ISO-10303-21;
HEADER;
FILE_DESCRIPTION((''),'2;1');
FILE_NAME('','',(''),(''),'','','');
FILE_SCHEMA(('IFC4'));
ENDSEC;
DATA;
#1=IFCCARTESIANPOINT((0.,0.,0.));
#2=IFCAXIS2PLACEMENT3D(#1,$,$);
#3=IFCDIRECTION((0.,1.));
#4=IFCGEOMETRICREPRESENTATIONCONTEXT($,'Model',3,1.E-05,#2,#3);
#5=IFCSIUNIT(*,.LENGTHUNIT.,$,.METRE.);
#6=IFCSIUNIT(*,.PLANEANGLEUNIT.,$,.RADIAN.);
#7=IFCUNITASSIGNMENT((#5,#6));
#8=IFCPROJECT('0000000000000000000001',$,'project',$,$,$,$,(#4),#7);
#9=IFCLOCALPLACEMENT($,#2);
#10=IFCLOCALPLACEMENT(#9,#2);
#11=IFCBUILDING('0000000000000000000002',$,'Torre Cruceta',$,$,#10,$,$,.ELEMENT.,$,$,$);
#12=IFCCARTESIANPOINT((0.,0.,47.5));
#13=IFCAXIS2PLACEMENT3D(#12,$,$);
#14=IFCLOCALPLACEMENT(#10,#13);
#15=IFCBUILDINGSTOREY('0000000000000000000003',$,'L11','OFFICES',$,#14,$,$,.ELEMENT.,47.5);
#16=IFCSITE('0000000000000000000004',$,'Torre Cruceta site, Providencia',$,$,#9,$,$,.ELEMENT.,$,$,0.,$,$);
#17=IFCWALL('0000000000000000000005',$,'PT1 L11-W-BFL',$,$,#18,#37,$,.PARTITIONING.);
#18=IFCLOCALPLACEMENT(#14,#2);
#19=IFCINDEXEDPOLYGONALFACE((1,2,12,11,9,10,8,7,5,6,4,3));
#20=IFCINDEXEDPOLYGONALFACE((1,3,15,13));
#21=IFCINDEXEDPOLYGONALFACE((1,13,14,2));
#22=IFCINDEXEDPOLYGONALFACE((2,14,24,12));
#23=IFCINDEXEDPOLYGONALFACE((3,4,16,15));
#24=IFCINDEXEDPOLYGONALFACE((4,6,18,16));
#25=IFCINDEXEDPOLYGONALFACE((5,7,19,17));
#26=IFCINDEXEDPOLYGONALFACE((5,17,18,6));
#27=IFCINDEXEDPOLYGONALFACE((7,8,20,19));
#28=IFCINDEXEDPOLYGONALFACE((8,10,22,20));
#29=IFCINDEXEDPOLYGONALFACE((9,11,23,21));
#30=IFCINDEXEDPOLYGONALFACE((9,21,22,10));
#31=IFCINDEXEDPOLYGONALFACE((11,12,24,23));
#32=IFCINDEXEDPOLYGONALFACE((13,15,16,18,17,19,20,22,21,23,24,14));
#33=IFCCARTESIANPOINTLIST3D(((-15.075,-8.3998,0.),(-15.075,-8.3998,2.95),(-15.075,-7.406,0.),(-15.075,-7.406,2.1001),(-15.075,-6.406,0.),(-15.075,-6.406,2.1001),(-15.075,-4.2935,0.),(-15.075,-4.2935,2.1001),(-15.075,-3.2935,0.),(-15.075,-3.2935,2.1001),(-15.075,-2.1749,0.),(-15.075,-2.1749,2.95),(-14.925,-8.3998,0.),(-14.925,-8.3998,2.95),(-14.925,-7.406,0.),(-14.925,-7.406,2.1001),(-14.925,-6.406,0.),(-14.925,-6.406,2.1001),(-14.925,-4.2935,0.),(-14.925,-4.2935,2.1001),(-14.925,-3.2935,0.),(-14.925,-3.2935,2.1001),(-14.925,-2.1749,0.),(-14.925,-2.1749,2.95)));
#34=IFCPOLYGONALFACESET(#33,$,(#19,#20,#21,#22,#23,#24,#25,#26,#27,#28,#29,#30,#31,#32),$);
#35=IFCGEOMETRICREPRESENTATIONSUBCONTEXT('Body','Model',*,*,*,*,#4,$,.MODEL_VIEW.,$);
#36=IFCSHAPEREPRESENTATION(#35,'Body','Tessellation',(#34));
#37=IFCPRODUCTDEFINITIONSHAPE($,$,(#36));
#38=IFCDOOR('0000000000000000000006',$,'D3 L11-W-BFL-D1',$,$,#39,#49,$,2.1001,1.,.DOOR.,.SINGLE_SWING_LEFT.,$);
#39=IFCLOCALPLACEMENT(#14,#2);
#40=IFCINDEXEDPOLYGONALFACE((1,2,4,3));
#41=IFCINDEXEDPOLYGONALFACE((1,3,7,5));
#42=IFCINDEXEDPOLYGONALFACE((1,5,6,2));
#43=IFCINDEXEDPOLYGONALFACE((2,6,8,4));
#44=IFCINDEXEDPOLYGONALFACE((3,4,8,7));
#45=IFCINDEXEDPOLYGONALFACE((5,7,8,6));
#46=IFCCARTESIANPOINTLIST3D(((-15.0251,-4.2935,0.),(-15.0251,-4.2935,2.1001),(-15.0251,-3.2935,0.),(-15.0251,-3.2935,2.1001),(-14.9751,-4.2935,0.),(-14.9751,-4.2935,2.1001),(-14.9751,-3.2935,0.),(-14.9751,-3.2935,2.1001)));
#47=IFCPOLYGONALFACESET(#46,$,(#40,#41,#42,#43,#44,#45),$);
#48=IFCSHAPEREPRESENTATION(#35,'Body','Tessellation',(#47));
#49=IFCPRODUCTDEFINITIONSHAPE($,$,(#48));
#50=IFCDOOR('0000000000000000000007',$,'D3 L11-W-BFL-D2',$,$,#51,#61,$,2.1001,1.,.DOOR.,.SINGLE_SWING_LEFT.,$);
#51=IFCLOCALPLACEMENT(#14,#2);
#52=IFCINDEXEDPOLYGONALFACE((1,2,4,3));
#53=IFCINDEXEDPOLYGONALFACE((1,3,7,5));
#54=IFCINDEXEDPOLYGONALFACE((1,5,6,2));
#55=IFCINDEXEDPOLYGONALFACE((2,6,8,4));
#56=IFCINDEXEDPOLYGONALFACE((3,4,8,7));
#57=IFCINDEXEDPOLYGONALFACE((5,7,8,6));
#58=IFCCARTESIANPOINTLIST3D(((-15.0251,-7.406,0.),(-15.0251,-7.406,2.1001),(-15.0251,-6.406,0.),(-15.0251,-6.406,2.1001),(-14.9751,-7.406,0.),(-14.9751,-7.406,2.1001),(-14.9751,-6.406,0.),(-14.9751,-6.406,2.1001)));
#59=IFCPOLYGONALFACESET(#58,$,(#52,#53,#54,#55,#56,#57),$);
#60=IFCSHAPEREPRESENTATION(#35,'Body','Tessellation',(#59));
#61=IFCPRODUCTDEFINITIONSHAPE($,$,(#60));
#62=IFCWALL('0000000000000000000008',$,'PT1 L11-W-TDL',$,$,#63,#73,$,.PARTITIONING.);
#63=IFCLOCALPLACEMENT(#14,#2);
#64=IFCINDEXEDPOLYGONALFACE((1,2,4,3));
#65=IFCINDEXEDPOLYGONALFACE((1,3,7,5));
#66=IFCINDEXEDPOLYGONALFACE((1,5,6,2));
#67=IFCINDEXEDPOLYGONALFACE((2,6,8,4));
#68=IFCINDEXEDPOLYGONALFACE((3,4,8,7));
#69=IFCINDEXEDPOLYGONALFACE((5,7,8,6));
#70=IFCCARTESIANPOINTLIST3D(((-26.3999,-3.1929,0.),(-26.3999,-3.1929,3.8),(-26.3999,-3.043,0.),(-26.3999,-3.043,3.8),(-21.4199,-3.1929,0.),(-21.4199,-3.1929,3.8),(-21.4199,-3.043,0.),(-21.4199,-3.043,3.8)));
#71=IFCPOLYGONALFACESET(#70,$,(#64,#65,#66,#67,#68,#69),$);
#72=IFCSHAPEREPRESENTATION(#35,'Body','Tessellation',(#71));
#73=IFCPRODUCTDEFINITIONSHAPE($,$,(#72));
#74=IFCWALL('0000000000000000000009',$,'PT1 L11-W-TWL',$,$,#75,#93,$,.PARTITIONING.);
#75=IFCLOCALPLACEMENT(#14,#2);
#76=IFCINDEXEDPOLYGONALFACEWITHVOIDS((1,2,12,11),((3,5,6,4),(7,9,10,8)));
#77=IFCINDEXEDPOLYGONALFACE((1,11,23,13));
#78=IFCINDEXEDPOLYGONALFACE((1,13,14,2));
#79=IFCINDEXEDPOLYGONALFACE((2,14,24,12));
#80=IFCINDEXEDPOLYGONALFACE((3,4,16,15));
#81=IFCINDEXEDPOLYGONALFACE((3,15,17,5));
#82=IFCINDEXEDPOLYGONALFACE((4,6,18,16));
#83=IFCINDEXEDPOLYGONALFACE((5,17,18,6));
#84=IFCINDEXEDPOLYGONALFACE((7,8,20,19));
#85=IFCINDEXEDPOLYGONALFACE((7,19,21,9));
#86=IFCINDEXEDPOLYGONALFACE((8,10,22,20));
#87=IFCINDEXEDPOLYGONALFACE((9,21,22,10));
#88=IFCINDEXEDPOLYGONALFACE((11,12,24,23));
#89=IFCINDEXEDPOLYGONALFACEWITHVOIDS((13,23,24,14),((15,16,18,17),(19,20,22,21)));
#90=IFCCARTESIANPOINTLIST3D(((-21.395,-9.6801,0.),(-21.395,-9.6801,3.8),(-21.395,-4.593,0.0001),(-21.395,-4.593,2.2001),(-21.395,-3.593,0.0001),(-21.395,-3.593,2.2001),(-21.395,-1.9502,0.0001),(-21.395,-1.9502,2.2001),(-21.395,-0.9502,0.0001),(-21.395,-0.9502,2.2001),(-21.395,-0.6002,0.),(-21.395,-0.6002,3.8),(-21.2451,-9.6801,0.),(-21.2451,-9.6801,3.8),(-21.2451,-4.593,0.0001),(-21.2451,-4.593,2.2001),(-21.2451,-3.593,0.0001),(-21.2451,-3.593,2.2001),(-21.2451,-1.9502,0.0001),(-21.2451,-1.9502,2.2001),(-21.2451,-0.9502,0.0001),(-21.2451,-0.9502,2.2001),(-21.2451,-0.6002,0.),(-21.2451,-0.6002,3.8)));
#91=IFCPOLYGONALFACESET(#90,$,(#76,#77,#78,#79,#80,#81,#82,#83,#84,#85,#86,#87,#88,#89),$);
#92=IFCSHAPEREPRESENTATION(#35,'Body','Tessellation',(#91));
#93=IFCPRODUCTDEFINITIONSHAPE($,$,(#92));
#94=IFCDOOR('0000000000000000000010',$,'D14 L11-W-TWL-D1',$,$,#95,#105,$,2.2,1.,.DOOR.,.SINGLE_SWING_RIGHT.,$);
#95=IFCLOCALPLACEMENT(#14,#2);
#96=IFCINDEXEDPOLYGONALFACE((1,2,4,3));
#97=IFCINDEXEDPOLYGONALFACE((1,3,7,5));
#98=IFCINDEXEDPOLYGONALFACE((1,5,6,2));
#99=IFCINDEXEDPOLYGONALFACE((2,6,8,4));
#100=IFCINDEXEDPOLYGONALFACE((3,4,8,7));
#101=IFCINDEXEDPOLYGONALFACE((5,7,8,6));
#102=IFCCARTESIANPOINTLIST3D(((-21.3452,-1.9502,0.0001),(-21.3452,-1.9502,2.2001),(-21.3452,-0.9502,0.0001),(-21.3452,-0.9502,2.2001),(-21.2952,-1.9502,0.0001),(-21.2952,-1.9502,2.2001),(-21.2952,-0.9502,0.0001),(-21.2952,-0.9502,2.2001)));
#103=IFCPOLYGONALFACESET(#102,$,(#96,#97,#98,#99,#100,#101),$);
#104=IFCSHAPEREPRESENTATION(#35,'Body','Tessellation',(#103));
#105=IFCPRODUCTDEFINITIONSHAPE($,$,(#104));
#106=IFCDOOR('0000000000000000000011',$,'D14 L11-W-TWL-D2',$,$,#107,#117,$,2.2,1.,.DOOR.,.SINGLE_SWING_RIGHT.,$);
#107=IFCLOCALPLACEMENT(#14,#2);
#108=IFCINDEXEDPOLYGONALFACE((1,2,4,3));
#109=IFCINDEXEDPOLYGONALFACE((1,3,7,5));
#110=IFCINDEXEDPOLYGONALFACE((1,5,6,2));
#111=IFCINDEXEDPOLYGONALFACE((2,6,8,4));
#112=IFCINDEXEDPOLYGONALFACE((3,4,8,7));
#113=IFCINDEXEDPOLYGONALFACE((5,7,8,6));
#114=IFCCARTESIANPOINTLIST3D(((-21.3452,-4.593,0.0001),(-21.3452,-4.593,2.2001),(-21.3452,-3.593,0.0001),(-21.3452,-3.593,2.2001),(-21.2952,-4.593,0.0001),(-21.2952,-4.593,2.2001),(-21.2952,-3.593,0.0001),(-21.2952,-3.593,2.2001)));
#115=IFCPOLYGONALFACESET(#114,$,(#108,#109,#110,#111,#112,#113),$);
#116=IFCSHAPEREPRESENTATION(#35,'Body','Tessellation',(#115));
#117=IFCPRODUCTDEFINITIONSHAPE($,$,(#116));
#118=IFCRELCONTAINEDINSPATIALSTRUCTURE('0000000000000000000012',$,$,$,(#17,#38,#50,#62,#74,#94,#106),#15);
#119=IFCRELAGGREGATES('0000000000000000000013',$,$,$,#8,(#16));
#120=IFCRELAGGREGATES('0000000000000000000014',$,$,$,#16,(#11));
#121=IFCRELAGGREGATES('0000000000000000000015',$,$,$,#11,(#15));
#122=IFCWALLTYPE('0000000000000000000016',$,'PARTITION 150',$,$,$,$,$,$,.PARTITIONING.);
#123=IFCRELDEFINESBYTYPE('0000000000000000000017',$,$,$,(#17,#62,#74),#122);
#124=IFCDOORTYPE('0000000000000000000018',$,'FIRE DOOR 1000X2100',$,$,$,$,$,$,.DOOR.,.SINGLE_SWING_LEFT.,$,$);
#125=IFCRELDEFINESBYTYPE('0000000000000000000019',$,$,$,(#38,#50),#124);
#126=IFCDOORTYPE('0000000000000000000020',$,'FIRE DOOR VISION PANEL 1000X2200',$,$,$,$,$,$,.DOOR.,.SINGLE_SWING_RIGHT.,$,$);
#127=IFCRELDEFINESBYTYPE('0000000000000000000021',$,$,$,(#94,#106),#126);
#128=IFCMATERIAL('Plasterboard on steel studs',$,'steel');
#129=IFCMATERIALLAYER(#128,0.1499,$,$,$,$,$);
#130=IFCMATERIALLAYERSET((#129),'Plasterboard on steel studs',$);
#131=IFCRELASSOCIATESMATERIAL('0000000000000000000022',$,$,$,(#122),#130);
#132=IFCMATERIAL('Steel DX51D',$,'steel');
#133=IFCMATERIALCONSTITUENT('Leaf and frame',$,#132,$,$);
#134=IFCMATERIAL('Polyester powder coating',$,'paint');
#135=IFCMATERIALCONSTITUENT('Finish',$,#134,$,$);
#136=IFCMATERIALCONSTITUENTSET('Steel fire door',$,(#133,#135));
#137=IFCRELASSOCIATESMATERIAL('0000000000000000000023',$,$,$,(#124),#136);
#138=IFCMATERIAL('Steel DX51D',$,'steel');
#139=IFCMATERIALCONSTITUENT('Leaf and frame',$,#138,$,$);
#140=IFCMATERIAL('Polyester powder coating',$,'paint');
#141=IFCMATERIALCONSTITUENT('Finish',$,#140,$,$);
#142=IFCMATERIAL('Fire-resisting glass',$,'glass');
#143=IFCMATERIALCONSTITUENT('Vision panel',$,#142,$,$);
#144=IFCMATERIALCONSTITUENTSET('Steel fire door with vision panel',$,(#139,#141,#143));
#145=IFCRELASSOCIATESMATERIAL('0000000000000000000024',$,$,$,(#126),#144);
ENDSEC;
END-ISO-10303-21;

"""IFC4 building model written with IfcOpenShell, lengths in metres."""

from ifc_helpers import new_model, si_unit, direction, frame, frame_2d, origin, place, context, subcontext, project, spatial, rectangle, extrude, material, layer, layer_set, constituent, constituent_set, type_object, element, fill, save


model = new_model("IFC4")

# Units and contexts
model_context = context("Model", 3, precision=1e-05, world=origin(), true_north=direction((0.0, 1.0)))
body_context = subcontext(model_context, "Body", "Model", "MODEL_VIEW")
ifc_project = project(units=[si_unit("LENGTHUNIT", "METRE"), si_unit("PLANEANGLEUNIT", "RADIAN")], contexts=[model_context])

# Site, building, storey
site_placement = place(None, origin())
site = spatial("IfcSite", under=ifc_project, at=site_placement, Name="Torre Cruceta site, Providencia", CompositionType="ELEMENT", RefElevation=0.0)
building_placement = place(site_placement, origin())
building = spatial("IfcBuilding", under=site, at=building_placement, Name="Torre Cruceta", CompositionType="ELEMENT")
storey_placement = place(building_placement, frame((0.0, 0.0, 47.5)))
storey = spatial("IfcBuildingStorey", under=building, at=storey_placement, Name="L11", Description="OFFICES", CompositionType="ELEMENT", Elevation=47.5)

# Wall, openings, doors
ifc_material_1 = material(Name="Plasterboard on steel studs", Category="steel")
ifc_layer_1 = layer(ifc_material_1, 0.1499)
ifc_layer_set_1 = layer_set([ifc_layer_1], Name="Plasterboard on steel studs")
wall_type_1 = type_object("IfcWallType", Name="PARTITION 150", PredefinedType="PARTITIONING", material=ifc_layer_set_1)
wall_1_placement = place(storey_placement, frame((-15.0, -2.175, 0.0), z_axis=(0.0, 0.0, 1.0), x_axis=(0.0, -1.0, 0.0)))
wall_1 = element("IfcWall", 1, at=wall_1_placement, inside=storey, type_object=wall_type_1, Name="PT1 L11-W-BFL", PredefinedType="PARTITIONING", context=body_context, shape_type="SweptSolid", body=[
    extrude(rectangle(XDim=6.2249, YDim=0.1499, at=frame_2d((3.1123, 0.0))), origin(), (0.0, 0.0, 1.0), 2.95),
])
opening_1_placement = place(wall_1_placement, frame((1.1184, 0.0, 0.0)))
opening_1 = element("IfcOpeningElement", 2, at=opening_1_placement, cuts=wall_1, PredefinedType="OPENING", context=body_context, shape_type="SweptSolid", body=[
    extrude(rectangle(XDim=1.0, YDim=2.1001, at=frame_2d((0.5, 1.05))), frame((0.0, 0.085, 0.0), z_axis=(0.0, -1.0, 0.0), x_axis=(1.0, 0.0, 0.0)), (0.0, 0.0, 1.0), 0.1699),
])
opening_2_placement = place(wall_1_placement, frame((4.231, 0.0, 0.0)))
opening_2 = element("IfcOpeningElement", 3, at=opening_2_placement, cuts=wall_1, PredefinedType="OPENING", context=body_context, shape_type="SweptSolid", body=[
    extrude(rectangle(XDim=1.0, YDim=2.1001, at=frame_2d((0.5, 1.05))), frame((0.0, 0.085, 0.0), z_axis=(0.0, -1.0, 0.0), x_axis=(1.0, 0.0, 0.0)), (0.0, 0.0, 1.0), 0.1699),
])
ifc_material_2 = material(Name="Steel DX51D", Category="steel")
ifc_constituent_1 = constituent(ifc_material_2, Name="Leaf and frame")
ifc_material_3 = material(Name="Polyester powder coating", Category="paint")
ifc_constituent_2 = constituent(ifc_material_3, Name="Finish")
ifc_constituent_set_1 = constituent_set(constituents=[ifc_constituent_1, ifc_constituent_2], Name="Steel fire door")
door_type_1 = type_object("IfcDoorType", Name="FIRE DOOR 1000X2100", OperationType="SINGLE_SWING_LEFT", PredefinedType="DOOR", material=ifc_constituent_set_1)
door_1_placement = place(opening_1_placement, origin())
door_1 = element("IfcDoor", 4, at=door_1_placement, inside=storey, type_object=door_type_1, Name="D3 L11-W-BFL-D1", OperationType="SINGLE_SWING_LEFT", OverallHeight=2.1001, OverallWidth=1.0, PredefinedType="DOOR", context=body_context, shape_type="SweptSolid", body=[
    extrude(rectangle(XDim=1.0, YDim=2.1001, at=frame_2d((0.5, 1.05))), frame((0.0, 0.0249, 0.0), z_axis=(0.0, -1.0, 0.0), x_axis=(1.0, 0.0, 0.0)), (0.0, 0.0, 1.0), 0.05),
])
fill(opening_1, door_1)
door_2_placement = place(opening_2_placement, origin())
door_2 = element("IfcDoor", 5, at=door_2_placement, inside=storey, type_object=door_type_1, Name="D3 L11-W-BFL-D2", OperationType="SINGLE_SWING_LEFT", OverallHeight=2.1001, OverallWidth=1.0, PredefinedType="DOOR", context=body_context, shape_type="SweptSolid", body=[
    extrude(rectangle(XDim=1.0, YDim=2.1001, at=frame_2d((0.5, 1.05))), frame((0.0, 0.0249, 0.0), z_axis=(0.0, -1.0, 0.0), x_axis=(1.0, 0.0, 0.0)), (0.0, 0.0, 1.0), 0.05),
])
fill(opening_2, door_2)

# Wall
wall_2_placement = place(storey_placement, frame((-21.4199, -3.1179, 0.0), z_axis=(0.0, 0.0, 1.0), x_axis=(-1.0, 0.0, 0.0)))
element("IfcWall", 6, at=wall_2_placement, inside=storey, type_object=wall_type_1, Name="PT1 L11-W-TDL", PredefinedType="PARTITIONING", context=body_context, shape_type="SweptSolid", body=[
    extrude(rectangle(XDim=4.98, YDim=0.1499, at=frame_2d((2.49, 0.0))), origin(), (0.0, 0.0, 1.0), 3.8),
])

# Wall, openings, doors
wall_3_placement = place(storey_placement, frame((-21.3201, -0.6001, 0.0), z_axis=(0.0, 0.0, 1.0), x_axis=(0.0, -1.0, 0.0)))
wall_3 = element("IfcWall", 7, at=wall_3_placement, inside=storey, type_object=wall_type_1, Name="PT1 L11-W-TWL", PredefinedType="PARTITIONING", context=body_context, shape_type="SweptSolid", body=[
    extrude(rectangle(XDim=9.0798, YDim=0.1499, at=frame_2d((4.54, 0.0))), origin(), (0.0, 0.0, 1.0), 3.8),
])
opening_3_placement = place(wall_3_placement, frame((0.3501, 0.0, 0.0)))
opening_3 = element("IfcOpeningElement", 8, at=opening_3_placement, cuts=wall_3, PredefinedType="OPENING", context=body_context, shape_type="SweptSolid", body=[
    extrude(rectangle(XDim=1.0, YDim=2.2, at=frame_2d((0.5, 1.1001))), frame((0.0, 0.085, 0.0), z_axis=(0.0, -1.0, 0.0), x_axis=(1.0, 0.0, 0.0)), (0.0, 0.0, 1.0), 0.1699),
])
opening_4_placement = place(wall_3_placement, frame((2.9929, 0.0, 0.0)))
opening_4 = element("IfcOpeningElement", 9, at=opening_4_placement, cuts=wall_3, PredefinedType="OPENING", context=body_context, shape_type="SweptSolid", body=[
    extrude(rectangle(XDim=1.0, YDim=2.2, at=frame_2d((0.5, 1.1001))), frame((0.0, 0.085, 0.0), z_axis=(0.0, -1.0, 0.0), x_axis=(1.0, 0.0, 0.0)), (0.0, 0.0, 1.0), 0.1699),
])
ifc_material_4 = material(Name="Steel DX51D", Category="steel")
ifc_constituent_3 = constituent(ifc_material_4, Name="Leaf and frame")
ifc_material_5 = material(Name="Polyester powder coating", Category="paint")
ifc_constituent_4 = constituent(ifc_material_5, Name="Finish")
ifc_material_6 = material(Name="Fire-resisting glass", Category="glass")
ifc_constituent_5 = constituent(ifc_material_6, Name="Vision panel")
ifc_constituent_set_2 = constituent_set(constituents=[ifc_constituent_3, ifc_constituent_4, ifc_constituent_5], Name="Steel fire door with vision panel")
door_type_2 = type_object("IfcDoorType", Name="FIRE DOOR VISION PANEL 1000X2200", OperationType="SINGLE_SWING_RIGHT", PredefinedType="DOOR", material=ifc_constituent_set_2)
door_3_placement = place(opening_3_placement, frame((1.0, 0.0, 0.0), z_axis=(0.0, 0.0, 1.0), x_axis=(-1.0, 0.0, 0.0)))
door_3 = element("IfcDoor", 10, at=door_3_placement, inside=storey, type_object=door_type_2, Name="D14 L11-W-TWL-D1", OperationType="SINGLE_SWING_RIGHT", OverallHeight=2.2, OverallWidth=1.0, PredefinedType="DOOR", context=body_context, shape_type="SweptSolid", body=[
    extrude(rectangle(XDim=1.0, YDim=2.2, at=frame_2d((0.5, 1.1001))), frame((0.0, 0.0251, 0.0), z_axis=(0.0, -1.0, 0.0), x_axis=(1.0, 0.0, 0.0)), (0.0, 0.0, 1.0), 0.05),
])
fill(opening_3, door_3)
door_4_placement = place(opening_4_placement, frame((1.0, 0.0, 0.0), z_axis=(0.0, 0.0, 1.0), x_axis=(-1.0, 0.0, 0.0)))
door_4 = element("IfcDoor", 11, at=door_4_placement, inside=storey, type_object=door_type_2, Name="D14 L11-W-TWL-D2", OperationType="SINGLE_SWING_RIGHT", OverallHeight=2.2, OverallWidth=1.0, PredefinedType="DOOR", context=body_context, shape_type="SweptSolid", body=[
    extrude(rectangle(XDim=1.0, YDim=2.2, at=frame_2d((0.5, 1.1001))), frame((0.0, 0.0251, 0.0), z_axis=(0.0, -1.0, 0.0), x_axis=(1.0, 0.0, 0.0)), (0.0, 0.0, 1.0), 0.05),
])
fill(opening_4, door_4)

save(model, "model.ifc")
